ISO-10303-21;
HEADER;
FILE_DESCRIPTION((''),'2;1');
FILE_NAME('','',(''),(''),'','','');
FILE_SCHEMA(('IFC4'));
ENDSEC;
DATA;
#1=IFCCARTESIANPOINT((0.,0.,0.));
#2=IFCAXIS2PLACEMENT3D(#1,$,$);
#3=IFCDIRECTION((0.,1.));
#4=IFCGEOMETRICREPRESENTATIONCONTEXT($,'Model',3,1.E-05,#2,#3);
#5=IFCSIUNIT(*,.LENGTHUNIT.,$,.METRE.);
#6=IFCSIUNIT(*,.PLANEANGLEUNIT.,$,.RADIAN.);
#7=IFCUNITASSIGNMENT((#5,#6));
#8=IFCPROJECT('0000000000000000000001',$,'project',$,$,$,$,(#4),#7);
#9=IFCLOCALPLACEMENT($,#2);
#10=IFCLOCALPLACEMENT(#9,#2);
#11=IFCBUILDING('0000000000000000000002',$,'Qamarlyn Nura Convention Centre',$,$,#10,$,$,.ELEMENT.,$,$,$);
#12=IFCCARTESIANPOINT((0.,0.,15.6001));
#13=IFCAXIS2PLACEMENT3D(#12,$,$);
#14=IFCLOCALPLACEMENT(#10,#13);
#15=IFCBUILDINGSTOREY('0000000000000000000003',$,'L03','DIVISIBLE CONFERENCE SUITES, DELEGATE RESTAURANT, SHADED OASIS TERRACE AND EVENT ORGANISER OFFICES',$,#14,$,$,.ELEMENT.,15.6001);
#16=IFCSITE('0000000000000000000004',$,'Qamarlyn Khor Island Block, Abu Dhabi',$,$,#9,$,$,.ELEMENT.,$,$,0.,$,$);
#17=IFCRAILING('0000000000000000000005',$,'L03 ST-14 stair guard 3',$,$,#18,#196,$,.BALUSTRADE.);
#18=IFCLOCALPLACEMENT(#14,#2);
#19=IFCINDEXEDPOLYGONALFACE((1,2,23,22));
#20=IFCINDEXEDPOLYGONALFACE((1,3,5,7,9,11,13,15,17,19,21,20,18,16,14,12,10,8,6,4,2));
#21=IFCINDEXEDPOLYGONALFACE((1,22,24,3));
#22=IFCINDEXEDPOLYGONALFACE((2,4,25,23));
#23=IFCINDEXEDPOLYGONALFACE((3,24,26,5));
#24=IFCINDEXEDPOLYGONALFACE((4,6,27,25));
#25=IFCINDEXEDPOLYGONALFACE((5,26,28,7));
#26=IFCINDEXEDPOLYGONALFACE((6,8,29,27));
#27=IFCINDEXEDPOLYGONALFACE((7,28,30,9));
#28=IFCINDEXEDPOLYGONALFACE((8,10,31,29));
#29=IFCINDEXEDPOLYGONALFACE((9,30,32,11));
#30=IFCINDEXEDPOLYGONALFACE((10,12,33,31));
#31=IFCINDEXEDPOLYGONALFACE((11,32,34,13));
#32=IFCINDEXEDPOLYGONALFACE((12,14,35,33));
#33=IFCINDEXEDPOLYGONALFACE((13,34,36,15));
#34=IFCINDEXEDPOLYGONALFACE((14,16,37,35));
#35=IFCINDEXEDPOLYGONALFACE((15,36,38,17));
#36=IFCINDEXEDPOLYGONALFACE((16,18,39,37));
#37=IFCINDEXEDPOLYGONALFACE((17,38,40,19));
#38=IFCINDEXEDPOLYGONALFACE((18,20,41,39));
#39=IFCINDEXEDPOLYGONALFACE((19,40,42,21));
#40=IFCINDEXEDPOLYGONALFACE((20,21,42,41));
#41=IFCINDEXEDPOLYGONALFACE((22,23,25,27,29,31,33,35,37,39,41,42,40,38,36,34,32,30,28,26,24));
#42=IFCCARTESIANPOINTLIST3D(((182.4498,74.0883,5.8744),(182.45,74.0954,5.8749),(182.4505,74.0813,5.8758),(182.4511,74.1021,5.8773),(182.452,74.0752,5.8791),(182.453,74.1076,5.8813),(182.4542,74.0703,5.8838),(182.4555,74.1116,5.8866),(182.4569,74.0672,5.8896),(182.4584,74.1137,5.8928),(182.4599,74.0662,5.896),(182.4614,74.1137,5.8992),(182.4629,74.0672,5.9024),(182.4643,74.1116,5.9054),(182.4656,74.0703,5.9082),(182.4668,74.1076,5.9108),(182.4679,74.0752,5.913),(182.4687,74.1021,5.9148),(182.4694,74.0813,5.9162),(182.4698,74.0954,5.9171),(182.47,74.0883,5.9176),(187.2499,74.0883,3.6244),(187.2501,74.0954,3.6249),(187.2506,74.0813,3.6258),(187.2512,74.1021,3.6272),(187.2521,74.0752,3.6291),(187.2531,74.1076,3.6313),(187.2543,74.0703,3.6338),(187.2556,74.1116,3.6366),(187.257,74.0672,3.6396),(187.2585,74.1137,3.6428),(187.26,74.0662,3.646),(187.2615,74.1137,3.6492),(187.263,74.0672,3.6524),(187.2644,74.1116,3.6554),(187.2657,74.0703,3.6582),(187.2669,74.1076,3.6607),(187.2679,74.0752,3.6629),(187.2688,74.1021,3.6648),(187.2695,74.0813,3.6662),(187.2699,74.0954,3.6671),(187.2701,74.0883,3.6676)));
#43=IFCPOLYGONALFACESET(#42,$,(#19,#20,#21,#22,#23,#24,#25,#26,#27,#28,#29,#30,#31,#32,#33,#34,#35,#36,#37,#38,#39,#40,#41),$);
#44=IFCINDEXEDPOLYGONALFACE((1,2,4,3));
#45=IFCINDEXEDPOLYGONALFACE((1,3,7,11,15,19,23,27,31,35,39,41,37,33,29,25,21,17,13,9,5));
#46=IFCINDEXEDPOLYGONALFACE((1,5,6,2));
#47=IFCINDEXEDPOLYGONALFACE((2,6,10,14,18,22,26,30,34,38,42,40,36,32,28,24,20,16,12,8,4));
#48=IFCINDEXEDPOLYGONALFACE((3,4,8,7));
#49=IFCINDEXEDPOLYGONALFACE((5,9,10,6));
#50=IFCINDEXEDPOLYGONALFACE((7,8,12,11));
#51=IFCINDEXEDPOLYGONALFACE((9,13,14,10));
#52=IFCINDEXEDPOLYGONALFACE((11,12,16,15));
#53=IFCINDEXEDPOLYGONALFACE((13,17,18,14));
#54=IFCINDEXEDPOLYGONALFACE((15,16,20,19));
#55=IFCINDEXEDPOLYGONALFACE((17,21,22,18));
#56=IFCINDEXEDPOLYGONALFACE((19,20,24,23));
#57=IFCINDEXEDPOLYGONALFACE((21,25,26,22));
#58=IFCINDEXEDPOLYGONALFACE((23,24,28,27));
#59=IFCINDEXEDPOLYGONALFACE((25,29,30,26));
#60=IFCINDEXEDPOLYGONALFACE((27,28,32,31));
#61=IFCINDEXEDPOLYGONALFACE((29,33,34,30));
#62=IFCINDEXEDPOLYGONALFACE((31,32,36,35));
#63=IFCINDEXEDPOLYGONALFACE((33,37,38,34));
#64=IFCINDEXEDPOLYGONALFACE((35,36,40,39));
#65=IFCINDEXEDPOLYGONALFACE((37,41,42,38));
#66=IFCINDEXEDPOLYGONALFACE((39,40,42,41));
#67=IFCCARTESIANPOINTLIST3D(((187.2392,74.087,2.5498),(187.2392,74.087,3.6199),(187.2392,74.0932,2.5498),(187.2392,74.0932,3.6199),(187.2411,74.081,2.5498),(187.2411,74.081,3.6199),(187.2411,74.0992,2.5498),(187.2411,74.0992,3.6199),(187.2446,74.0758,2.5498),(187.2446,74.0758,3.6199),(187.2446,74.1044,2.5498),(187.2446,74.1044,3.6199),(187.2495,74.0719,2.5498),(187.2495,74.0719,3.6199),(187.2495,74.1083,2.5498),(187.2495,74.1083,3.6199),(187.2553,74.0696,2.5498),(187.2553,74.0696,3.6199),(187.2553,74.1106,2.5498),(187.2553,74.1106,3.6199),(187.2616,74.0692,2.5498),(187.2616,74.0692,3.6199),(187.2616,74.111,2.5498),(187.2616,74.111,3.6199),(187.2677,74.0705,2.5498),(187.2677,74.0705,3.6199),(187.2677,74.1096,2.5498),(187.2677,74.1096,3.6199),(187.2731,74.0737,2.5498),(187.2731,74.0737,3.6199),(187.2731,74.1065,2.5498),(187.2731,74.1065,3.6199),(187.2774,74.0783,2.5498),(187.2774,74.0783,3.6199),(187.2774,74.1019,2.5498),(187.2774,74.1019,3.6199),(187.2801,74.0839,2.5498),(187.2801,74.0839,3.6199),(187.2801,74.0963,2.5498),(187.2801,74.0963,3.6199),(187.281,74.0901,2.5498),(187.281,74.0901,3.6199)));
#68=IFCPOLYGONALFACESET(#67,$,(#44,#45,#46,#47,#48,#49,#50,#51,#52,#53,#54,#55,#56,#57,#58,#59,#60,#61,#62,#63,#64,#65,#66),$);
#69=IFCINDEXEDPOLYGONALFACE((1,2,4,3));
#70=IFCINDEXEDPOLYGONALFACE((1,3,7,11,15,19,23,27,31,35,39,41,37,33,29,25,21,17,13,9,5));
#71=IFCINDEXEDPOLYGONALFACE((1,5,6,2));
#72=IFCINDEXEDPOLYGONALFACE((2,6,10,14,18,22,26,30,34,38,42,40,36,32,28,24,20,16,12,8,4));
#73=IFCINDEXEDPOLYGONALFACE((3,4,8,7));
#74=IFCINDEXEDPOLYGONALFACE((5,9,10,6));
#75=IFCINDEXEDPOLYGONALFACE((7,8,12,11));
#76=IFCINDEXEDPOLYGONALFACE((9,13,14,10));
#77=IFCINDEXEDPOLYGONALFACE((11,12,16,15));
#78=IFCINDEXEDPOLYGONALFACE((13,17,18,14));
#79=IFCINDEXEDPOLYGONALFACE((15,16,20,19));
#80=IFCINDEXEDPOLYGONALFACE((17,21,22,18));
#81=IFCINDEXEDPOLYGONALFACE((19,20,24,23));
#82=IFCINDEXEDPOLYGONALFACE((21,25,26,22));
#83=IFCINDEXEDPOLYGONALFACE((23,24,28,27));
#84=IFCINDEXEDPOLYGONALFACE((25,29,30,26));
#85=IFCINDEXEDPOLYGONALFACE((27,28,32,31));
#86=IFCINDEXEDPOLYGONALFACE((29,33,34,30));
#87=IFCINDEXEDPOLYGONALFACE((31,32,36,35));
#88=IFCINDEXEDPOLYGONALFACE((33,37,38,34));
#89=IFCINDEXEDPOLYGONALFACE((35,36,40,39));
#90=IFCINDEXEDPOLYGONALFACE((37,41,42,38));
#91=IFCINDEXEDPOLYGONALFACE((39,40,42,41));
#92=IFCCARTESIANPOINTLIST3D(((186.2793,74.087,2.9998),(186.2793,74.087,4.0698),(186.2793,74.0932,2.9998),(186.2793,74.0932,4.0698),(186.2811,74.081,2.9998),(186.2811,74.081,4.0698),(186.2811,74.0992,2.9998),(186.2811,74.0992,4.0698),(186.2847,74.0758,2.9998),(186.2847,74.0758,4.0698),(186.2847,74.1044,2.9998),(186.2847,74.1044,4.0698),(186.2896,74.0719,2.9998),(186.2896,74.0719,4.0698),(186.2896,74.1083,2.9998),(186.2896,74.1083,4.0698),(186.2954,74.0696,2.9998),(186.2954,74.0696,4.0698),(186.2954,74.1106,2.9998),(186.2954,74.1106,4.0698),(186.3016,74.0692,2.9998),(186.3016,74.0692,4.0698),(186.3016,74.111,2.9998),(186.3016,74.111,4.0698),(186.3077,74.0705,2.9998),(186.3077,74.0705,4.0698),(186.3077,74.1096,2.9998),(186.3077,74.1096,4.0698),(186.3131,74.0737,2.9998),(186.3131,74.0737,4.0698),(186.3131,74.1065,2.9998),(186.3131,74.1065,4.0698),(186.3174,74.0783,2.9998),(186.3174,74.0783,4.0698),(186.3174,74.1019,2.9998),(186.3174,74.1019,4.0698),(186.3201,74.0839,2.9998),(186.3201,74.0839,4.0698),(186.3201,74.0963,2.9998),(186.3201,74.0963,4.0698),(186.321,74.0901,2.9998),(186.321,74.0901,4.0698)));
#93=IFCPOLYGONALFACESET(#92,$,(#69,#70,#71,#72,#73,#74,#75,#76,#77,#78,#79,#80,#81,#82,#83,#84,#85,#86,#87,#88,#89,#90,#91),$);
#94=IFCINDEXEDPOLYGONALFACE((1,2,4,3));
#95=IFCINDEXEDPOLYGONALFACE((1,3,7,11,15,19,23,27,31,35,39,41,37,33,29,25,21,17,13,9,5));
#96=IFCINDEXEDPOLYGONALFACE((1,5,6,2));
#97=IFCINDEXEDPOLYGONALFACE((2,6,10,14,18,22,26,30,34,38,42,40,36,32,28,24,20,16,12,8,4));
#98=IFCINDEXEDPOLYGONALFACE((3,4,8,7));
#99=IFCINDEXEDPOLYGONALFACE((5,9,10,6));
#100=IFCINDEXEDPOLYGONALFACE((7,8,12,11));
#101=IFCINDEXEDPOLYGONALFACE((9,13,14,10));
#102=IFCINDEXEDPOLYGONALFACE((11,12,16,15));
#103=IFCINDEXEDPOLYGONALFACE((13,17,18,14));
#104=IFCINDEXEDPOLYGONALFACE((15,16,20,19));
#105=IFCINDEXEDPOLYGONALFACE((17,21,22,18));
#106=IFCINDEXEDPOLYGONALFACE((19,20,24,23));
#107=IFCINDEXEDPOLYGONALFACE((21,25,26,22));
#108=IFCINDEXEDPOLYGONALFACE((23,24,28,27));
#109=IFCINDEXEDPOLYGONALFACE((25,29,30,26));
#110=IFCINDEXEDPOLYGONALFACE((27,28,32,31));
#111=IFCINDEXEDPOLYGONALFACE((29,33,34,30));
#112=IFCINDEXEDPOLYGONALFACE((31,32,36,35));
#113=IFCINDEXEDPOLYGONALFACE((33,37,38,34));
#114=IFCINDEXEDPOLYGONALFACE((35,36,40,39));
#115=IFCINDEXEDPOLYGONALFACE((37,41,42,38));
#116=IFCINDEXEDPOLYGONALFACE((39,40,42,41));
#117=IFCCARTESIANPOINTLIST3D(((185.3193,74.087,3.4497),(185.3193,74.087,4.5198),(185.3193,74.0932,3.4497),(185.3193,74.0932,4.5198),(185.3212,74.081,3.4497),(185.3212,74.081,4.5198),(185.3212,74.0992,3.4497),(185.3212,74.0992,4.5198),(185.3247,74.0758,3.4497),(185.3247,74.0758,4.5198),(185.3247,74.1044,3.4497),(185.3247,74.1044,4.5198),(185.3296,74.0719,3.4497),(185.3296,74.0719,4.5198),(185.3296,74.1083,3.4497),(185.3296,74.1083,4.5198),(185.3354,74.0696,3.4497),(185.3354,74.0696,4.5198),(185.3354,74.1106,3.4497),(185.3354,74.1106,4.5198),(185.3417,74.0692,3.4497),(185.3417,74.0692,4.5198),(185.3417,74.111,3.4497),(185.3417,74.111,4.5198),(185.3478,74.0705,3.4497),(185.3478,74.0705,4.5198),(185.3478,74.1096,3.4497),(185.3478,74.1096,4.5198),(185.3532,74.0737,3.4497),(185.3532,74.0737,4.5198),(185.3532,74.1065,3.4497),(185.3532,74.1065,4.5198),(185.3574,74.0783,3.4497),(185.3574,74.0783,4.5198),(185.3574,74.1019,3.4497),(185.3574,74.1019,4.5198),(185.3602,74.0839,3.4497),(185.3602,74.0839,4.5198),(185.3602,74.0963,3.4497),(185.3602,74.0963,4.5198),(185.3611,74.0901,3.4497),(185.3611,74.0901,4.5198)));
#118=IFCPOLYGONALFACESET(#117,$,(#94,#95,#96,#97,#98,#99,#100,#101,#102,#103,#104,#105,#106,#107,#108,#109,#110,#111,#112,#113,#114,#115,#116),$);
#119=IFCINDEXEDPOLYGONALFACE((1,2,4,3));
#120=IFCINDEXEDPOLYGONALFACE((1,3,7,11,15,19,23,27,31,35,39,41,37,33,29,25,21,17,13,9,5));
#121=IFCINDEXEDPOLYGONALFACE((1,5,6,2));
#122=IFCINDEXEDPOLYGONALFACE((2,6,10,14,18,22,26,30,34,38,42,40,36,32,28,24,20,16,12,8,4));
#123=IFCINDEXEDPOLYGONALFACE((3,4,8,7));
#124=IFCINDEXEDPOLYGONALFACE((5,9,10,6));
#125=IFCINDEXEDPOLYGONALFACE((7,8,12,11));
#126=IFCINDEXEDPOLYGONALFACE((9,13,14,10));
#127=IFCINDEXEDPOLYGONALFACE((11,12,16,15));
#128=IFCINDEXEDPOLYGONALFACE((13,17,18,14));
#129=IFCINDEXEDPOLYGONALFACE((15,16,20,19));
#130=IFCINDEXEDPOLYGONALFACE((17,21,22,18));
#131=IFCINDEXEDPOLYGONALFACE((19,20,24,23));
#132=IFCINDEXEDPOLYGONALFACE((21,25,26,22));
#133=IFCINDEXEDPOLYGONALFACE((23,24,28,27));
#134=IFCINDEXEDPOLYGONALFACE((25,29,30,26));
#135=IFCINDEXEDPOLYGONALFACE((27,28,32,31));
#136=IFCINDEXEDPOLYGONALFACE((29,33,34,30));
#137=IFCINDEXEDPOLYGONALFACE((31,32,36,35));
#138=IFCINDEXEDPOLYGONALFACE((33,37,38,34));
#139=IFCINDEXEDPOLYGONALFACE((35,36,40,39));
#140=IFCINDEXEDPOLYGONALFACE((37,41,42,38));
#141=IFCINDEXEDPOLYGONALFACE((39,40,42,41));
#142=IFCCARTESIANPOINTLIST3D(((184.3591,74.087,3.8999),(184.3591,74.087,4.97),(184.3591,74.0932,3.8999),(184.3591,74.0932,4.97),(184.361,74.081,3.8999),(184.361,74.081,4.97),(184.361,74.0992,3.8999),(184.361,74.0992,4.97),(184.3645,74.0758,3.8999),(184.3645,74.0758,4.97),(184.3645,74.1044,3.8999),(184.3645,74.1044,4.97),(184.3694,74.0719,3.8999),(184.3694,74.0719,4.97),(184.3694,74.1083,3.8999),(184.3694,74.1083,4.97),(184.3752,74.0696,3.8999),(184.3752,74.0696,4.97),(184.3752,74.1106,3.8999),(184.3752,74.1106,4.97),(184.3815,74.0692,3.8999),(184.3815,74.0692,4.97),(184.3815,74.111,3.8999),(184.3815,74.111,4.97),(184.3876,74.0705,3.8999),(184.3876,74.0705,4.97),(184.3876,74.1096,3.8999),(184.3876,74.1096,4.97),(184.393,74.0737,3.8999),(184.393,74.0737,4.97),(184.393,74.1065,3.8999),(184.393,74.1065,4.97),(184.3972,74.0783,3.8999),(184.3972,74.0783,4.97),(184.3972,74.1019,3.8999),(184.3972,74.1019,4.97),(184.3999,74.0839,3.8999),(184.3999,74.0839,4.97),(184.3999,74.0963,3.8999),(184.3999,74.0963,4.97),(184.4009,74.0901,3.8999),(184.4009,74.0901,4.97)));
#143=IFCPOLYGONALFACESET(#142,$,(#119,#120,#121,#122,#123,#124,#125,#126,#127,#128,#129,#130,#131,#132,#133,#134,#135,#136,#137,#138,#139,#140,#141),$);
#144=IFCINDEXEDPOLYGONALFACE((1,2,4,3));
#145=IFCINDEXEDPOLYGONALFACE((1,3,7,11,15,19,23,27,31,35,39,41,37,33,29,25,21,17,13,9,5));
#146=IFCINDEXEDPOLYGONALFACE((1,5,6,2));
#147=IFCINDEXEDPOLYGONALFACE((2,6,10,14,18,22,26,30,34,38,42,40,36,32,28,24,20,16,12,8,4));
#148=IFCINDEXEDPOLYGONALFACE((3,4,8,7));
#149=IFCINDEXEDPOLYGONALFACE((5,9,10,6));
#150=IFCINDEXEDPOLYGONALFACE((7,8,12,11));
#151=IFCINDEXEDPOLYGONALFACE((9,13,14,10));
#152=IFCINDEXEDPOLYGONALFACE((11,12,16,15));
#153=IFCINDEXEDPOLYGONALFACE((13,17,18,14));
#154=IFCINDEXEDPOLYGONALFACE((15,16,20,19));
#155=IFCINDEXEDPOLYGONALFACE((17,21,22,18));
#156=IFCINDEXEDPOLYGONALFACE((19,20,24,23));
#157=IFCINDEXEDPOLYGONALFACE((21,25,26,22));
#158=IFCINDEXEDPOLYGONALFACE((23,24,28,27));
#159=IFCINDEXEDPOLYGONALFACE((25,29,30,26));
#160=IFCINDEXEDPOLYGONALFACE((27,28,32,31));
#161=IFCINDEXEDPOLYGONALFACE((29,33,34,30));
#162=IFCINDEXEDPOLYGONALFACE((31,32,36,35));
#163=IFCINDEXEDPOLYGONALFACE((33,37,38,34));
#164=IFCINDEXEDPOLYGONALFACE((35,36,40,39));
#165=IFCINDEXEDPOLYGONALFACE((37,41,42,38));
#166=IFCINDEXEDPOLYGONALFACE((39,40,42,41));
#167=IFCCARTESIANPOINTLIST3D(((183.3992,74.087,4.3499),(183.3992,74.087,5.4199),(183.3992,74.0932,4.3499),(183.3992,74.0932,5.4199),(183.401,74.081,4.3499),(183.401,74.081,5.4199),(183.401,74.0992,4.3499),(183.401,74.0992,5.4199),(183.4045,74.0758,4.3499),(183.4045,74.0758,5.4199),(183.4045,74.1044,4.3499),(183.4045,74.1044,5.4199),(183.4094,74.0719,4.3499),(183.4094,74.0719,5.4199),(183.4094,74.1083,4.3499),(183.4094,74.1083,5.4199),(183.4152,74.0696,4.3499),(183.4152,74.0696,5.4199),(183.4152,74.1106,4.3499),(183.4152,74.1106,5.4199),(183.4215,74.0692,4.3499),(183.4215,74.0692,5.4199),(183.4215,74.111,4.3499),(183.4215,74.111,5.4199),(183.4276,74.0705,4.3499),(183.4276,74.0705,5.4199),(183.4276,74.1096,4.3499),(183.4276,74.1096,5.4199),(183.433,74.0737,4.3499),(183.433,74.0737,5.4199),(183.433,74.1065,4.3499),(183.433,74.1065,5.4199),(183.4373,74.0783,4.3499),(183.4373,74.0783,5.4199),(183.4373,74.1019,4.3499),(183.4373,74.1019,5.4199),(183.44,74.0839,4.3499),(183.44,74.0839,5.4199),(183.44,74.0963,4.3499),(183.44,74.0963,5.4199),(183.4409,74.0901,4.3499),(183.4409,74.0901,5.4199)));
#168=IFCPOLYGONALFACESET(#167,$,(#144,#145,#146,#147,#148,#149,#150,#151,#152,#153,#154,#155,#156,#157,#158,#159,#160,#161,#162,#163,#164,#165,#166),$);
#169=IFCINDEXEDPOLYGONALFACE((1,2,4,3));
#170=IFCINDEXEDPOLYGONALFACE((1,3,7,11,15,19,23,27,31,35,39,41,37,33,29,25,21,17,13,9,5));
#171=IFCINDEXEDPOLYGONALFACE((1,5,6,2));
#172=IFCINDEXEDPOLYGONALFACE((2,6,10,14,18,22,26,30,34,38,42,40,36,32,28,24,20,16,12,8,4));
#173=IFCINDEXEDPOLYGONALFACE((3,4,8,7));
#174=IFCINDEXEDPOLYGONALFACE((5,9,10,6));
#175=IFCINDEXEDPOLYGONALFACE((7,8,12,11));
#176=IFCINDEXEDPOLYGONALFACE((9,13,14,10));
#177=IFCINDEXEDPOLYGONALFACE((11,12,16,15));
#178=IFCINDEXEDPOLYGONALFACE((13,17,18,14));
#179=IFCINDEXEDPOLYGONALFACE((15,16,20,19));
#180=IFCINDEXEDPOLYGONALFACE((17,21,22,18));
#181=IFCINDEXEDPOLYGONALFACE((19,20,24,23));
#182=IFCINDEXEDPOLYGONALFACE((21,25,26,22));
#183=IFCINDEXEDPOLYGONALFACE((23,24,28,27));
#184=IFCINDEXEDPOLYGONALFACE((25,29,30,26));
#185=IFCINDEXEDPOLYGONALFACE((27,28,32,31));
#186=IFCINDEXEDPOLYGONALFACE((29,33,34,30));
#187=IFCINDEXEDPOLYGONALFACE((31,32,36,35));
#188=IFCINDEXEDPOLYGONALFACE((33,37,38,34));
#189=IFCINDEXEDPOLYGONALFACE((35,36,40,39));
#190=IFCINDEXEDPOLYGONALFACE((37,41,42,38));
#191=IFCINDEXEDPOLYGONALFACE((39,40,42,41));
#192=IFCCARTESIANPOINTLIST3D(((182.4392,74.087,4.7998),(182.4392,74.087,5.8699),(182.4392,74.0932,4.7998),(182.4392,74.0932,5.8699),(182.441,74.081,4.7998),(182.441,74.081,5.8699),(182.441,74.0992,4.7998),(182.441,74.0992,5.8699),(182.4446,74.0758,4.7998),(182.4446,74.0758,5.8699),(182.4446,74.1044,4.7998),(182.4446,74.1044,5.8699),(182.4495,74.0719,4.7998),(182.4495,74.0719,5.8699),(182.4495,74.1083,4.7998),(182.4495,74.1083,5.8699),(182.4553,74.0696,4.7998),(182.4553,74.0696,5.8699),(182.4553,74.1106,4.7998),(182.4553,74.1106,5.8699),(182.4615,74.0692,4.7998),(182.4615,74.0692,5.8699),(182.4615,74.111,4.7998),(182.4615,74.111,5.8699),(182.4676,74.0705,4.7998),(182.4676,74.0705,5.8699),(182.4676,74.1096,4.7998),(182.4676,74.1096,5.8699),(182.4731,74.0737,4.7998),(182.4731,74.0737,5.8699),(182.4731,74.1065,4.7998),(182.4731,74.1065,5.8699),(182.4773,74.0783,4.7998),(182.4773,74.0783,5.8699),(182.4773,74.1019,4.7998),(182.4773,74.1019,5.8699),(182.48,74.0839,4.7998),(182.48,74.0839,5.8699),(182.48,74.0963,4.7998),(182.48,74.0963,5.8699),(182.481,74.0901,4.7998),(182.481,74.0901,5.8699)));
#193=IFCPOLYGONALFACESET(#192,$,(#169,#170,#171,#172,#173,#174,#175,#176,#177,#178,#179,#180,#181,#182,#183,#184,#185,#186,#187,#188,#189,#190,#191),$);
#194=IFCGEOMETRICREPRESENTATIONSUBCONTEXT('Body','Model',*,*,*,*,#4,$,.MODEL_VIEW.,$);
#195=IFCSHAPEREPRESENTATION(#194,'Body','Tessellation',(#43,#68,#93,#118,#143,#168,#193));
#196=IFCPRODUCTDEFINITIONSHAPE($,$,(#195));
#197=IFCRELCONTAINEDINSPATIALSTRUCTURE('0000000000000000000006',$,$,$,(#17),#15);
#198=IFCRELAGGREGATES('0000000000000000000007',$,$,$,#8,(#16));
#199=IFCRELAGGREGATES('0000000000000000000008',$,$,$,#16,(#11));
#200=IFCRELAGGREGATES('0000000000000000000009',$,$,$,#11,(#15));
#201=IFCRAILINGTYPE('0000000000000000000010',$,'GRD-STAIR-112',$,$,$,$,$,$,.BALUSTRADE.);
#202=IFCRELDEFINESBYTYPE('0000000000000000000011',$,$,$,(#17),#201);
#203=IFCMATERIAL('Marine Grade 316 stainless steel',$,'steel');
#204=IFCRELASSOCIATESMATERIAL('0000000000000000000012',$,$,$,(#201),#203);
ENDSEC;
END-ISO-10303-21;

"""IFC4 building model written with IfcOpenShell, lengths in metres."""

from ifc_helpers import new_model, si_unit, direction, frame, origin, origin_2d, place, context, subcontext, project, spatial, circle, extrude, material, type_object, element, save


model = new_model("IFC4")

# Units and contexts
model_context = context("Model", 3, precision=1e-05, world=origin(), true_north=direction((0.0, 1.0)))
body_context = subcontext(model_context, "Body", "Model", "MODEL_VIEW")
ifc_project = project(units=[si_unit("LENGTHUNIT", "METRE"), si_unit("PLANEANGLEUNIT", "RADIAN")], contexts=[model_context])

# Site, building, storey
site_placement = place(None, origin())
site = spatial("IfcSite", under=ifc_project, at=site_placement, Name="Qamarlyn Khor Island Block, Abu Dhabi", CompositionType="ELEMENT", RefElevation=0.0)
building_placement = place(site_placement, origin())
building = spatial("IfcBuilding", under=site, at=building_placement, Name="Qamarlyn Nura Convention Centre", CompositionType="ELEMENT")
storey_placement = place(building_placement, frame((0.0, 0.0, 15.6001)))
storey = spatial("IfcBuildingStorey", under=building, at=storey_placement, Name="L03", Description="DIVISIBLE CONFERENCE SUITES, DELEGATE RESTAURANT, SHADED OASIS TERRACE AND EVENT ORGANISER OFFICES", CompositionType="ELEMENT", Elevation=15.6001)

# Railing
ifc_material_1 = material(Name="Marine Grade 316 stainless steel", Category="steel")
railing_type_1 = type_object("IfcRailingType", Name="GRD-STAIR-112", PredefinedType="BALUSTRADE", material=ifc_material_1)
railing_1_placement = place(storey_placement, frame((187.26, 74.0901, 2.5498)))
element("IfcRailing", 1, at=railing_1_placement, inside=storey, type_object=railing_type_1, Name="L03 ST-14 stair guard 3", PredefinedType="BALUSTRADE", context=body_context, shape_type="SweptSolid", body=[
    extrude(circle(Radius=0.0239, at=origin_2d()), frame((0.0, 0.0, 1.0962), z_axis=(-0.905461, 0.0, 0.42443), x_axis=(0.0, -1.0, 0.0)), (0.0, 0.0, 1.0), 5.3013),
    extrude(circle(Radius=0.021, at=origin_2d()), origin(), (0.0, 0.0, 1.0), 1.0701),
    extrude(circle(Radius=0.021, at=origin_2d()), frame((-0.96, 0.0, 0.45)), (0.0, 0.0, 1.0), 1.0701),
    extrude(circle(Radius=0.021, at=origin_2d()), frame((-1.9199, 0.0, 0.8999)), (0.0, 0.0, 1.0), 1.0701),
    extrude(circle(Radius=0.021, at=origin_2d()), frame((-2.8801, 0.0, 1.3501)), (0.0, 0.0, 1.0), 1.0701),
    extrude(circle(Radius=0.021, at=origin_2d()), frame((-3.8401, 0.0, 1.8)), (0.0, 0.0, 1.0), 1.0701),
    extrude(circle(Radius=0.021, at=origin_2d()), frame((-4.8, 0.0, 2.25)), (0.0, 0.0, 1.0), 1.0701),
])

save(model, "model.ifc")
